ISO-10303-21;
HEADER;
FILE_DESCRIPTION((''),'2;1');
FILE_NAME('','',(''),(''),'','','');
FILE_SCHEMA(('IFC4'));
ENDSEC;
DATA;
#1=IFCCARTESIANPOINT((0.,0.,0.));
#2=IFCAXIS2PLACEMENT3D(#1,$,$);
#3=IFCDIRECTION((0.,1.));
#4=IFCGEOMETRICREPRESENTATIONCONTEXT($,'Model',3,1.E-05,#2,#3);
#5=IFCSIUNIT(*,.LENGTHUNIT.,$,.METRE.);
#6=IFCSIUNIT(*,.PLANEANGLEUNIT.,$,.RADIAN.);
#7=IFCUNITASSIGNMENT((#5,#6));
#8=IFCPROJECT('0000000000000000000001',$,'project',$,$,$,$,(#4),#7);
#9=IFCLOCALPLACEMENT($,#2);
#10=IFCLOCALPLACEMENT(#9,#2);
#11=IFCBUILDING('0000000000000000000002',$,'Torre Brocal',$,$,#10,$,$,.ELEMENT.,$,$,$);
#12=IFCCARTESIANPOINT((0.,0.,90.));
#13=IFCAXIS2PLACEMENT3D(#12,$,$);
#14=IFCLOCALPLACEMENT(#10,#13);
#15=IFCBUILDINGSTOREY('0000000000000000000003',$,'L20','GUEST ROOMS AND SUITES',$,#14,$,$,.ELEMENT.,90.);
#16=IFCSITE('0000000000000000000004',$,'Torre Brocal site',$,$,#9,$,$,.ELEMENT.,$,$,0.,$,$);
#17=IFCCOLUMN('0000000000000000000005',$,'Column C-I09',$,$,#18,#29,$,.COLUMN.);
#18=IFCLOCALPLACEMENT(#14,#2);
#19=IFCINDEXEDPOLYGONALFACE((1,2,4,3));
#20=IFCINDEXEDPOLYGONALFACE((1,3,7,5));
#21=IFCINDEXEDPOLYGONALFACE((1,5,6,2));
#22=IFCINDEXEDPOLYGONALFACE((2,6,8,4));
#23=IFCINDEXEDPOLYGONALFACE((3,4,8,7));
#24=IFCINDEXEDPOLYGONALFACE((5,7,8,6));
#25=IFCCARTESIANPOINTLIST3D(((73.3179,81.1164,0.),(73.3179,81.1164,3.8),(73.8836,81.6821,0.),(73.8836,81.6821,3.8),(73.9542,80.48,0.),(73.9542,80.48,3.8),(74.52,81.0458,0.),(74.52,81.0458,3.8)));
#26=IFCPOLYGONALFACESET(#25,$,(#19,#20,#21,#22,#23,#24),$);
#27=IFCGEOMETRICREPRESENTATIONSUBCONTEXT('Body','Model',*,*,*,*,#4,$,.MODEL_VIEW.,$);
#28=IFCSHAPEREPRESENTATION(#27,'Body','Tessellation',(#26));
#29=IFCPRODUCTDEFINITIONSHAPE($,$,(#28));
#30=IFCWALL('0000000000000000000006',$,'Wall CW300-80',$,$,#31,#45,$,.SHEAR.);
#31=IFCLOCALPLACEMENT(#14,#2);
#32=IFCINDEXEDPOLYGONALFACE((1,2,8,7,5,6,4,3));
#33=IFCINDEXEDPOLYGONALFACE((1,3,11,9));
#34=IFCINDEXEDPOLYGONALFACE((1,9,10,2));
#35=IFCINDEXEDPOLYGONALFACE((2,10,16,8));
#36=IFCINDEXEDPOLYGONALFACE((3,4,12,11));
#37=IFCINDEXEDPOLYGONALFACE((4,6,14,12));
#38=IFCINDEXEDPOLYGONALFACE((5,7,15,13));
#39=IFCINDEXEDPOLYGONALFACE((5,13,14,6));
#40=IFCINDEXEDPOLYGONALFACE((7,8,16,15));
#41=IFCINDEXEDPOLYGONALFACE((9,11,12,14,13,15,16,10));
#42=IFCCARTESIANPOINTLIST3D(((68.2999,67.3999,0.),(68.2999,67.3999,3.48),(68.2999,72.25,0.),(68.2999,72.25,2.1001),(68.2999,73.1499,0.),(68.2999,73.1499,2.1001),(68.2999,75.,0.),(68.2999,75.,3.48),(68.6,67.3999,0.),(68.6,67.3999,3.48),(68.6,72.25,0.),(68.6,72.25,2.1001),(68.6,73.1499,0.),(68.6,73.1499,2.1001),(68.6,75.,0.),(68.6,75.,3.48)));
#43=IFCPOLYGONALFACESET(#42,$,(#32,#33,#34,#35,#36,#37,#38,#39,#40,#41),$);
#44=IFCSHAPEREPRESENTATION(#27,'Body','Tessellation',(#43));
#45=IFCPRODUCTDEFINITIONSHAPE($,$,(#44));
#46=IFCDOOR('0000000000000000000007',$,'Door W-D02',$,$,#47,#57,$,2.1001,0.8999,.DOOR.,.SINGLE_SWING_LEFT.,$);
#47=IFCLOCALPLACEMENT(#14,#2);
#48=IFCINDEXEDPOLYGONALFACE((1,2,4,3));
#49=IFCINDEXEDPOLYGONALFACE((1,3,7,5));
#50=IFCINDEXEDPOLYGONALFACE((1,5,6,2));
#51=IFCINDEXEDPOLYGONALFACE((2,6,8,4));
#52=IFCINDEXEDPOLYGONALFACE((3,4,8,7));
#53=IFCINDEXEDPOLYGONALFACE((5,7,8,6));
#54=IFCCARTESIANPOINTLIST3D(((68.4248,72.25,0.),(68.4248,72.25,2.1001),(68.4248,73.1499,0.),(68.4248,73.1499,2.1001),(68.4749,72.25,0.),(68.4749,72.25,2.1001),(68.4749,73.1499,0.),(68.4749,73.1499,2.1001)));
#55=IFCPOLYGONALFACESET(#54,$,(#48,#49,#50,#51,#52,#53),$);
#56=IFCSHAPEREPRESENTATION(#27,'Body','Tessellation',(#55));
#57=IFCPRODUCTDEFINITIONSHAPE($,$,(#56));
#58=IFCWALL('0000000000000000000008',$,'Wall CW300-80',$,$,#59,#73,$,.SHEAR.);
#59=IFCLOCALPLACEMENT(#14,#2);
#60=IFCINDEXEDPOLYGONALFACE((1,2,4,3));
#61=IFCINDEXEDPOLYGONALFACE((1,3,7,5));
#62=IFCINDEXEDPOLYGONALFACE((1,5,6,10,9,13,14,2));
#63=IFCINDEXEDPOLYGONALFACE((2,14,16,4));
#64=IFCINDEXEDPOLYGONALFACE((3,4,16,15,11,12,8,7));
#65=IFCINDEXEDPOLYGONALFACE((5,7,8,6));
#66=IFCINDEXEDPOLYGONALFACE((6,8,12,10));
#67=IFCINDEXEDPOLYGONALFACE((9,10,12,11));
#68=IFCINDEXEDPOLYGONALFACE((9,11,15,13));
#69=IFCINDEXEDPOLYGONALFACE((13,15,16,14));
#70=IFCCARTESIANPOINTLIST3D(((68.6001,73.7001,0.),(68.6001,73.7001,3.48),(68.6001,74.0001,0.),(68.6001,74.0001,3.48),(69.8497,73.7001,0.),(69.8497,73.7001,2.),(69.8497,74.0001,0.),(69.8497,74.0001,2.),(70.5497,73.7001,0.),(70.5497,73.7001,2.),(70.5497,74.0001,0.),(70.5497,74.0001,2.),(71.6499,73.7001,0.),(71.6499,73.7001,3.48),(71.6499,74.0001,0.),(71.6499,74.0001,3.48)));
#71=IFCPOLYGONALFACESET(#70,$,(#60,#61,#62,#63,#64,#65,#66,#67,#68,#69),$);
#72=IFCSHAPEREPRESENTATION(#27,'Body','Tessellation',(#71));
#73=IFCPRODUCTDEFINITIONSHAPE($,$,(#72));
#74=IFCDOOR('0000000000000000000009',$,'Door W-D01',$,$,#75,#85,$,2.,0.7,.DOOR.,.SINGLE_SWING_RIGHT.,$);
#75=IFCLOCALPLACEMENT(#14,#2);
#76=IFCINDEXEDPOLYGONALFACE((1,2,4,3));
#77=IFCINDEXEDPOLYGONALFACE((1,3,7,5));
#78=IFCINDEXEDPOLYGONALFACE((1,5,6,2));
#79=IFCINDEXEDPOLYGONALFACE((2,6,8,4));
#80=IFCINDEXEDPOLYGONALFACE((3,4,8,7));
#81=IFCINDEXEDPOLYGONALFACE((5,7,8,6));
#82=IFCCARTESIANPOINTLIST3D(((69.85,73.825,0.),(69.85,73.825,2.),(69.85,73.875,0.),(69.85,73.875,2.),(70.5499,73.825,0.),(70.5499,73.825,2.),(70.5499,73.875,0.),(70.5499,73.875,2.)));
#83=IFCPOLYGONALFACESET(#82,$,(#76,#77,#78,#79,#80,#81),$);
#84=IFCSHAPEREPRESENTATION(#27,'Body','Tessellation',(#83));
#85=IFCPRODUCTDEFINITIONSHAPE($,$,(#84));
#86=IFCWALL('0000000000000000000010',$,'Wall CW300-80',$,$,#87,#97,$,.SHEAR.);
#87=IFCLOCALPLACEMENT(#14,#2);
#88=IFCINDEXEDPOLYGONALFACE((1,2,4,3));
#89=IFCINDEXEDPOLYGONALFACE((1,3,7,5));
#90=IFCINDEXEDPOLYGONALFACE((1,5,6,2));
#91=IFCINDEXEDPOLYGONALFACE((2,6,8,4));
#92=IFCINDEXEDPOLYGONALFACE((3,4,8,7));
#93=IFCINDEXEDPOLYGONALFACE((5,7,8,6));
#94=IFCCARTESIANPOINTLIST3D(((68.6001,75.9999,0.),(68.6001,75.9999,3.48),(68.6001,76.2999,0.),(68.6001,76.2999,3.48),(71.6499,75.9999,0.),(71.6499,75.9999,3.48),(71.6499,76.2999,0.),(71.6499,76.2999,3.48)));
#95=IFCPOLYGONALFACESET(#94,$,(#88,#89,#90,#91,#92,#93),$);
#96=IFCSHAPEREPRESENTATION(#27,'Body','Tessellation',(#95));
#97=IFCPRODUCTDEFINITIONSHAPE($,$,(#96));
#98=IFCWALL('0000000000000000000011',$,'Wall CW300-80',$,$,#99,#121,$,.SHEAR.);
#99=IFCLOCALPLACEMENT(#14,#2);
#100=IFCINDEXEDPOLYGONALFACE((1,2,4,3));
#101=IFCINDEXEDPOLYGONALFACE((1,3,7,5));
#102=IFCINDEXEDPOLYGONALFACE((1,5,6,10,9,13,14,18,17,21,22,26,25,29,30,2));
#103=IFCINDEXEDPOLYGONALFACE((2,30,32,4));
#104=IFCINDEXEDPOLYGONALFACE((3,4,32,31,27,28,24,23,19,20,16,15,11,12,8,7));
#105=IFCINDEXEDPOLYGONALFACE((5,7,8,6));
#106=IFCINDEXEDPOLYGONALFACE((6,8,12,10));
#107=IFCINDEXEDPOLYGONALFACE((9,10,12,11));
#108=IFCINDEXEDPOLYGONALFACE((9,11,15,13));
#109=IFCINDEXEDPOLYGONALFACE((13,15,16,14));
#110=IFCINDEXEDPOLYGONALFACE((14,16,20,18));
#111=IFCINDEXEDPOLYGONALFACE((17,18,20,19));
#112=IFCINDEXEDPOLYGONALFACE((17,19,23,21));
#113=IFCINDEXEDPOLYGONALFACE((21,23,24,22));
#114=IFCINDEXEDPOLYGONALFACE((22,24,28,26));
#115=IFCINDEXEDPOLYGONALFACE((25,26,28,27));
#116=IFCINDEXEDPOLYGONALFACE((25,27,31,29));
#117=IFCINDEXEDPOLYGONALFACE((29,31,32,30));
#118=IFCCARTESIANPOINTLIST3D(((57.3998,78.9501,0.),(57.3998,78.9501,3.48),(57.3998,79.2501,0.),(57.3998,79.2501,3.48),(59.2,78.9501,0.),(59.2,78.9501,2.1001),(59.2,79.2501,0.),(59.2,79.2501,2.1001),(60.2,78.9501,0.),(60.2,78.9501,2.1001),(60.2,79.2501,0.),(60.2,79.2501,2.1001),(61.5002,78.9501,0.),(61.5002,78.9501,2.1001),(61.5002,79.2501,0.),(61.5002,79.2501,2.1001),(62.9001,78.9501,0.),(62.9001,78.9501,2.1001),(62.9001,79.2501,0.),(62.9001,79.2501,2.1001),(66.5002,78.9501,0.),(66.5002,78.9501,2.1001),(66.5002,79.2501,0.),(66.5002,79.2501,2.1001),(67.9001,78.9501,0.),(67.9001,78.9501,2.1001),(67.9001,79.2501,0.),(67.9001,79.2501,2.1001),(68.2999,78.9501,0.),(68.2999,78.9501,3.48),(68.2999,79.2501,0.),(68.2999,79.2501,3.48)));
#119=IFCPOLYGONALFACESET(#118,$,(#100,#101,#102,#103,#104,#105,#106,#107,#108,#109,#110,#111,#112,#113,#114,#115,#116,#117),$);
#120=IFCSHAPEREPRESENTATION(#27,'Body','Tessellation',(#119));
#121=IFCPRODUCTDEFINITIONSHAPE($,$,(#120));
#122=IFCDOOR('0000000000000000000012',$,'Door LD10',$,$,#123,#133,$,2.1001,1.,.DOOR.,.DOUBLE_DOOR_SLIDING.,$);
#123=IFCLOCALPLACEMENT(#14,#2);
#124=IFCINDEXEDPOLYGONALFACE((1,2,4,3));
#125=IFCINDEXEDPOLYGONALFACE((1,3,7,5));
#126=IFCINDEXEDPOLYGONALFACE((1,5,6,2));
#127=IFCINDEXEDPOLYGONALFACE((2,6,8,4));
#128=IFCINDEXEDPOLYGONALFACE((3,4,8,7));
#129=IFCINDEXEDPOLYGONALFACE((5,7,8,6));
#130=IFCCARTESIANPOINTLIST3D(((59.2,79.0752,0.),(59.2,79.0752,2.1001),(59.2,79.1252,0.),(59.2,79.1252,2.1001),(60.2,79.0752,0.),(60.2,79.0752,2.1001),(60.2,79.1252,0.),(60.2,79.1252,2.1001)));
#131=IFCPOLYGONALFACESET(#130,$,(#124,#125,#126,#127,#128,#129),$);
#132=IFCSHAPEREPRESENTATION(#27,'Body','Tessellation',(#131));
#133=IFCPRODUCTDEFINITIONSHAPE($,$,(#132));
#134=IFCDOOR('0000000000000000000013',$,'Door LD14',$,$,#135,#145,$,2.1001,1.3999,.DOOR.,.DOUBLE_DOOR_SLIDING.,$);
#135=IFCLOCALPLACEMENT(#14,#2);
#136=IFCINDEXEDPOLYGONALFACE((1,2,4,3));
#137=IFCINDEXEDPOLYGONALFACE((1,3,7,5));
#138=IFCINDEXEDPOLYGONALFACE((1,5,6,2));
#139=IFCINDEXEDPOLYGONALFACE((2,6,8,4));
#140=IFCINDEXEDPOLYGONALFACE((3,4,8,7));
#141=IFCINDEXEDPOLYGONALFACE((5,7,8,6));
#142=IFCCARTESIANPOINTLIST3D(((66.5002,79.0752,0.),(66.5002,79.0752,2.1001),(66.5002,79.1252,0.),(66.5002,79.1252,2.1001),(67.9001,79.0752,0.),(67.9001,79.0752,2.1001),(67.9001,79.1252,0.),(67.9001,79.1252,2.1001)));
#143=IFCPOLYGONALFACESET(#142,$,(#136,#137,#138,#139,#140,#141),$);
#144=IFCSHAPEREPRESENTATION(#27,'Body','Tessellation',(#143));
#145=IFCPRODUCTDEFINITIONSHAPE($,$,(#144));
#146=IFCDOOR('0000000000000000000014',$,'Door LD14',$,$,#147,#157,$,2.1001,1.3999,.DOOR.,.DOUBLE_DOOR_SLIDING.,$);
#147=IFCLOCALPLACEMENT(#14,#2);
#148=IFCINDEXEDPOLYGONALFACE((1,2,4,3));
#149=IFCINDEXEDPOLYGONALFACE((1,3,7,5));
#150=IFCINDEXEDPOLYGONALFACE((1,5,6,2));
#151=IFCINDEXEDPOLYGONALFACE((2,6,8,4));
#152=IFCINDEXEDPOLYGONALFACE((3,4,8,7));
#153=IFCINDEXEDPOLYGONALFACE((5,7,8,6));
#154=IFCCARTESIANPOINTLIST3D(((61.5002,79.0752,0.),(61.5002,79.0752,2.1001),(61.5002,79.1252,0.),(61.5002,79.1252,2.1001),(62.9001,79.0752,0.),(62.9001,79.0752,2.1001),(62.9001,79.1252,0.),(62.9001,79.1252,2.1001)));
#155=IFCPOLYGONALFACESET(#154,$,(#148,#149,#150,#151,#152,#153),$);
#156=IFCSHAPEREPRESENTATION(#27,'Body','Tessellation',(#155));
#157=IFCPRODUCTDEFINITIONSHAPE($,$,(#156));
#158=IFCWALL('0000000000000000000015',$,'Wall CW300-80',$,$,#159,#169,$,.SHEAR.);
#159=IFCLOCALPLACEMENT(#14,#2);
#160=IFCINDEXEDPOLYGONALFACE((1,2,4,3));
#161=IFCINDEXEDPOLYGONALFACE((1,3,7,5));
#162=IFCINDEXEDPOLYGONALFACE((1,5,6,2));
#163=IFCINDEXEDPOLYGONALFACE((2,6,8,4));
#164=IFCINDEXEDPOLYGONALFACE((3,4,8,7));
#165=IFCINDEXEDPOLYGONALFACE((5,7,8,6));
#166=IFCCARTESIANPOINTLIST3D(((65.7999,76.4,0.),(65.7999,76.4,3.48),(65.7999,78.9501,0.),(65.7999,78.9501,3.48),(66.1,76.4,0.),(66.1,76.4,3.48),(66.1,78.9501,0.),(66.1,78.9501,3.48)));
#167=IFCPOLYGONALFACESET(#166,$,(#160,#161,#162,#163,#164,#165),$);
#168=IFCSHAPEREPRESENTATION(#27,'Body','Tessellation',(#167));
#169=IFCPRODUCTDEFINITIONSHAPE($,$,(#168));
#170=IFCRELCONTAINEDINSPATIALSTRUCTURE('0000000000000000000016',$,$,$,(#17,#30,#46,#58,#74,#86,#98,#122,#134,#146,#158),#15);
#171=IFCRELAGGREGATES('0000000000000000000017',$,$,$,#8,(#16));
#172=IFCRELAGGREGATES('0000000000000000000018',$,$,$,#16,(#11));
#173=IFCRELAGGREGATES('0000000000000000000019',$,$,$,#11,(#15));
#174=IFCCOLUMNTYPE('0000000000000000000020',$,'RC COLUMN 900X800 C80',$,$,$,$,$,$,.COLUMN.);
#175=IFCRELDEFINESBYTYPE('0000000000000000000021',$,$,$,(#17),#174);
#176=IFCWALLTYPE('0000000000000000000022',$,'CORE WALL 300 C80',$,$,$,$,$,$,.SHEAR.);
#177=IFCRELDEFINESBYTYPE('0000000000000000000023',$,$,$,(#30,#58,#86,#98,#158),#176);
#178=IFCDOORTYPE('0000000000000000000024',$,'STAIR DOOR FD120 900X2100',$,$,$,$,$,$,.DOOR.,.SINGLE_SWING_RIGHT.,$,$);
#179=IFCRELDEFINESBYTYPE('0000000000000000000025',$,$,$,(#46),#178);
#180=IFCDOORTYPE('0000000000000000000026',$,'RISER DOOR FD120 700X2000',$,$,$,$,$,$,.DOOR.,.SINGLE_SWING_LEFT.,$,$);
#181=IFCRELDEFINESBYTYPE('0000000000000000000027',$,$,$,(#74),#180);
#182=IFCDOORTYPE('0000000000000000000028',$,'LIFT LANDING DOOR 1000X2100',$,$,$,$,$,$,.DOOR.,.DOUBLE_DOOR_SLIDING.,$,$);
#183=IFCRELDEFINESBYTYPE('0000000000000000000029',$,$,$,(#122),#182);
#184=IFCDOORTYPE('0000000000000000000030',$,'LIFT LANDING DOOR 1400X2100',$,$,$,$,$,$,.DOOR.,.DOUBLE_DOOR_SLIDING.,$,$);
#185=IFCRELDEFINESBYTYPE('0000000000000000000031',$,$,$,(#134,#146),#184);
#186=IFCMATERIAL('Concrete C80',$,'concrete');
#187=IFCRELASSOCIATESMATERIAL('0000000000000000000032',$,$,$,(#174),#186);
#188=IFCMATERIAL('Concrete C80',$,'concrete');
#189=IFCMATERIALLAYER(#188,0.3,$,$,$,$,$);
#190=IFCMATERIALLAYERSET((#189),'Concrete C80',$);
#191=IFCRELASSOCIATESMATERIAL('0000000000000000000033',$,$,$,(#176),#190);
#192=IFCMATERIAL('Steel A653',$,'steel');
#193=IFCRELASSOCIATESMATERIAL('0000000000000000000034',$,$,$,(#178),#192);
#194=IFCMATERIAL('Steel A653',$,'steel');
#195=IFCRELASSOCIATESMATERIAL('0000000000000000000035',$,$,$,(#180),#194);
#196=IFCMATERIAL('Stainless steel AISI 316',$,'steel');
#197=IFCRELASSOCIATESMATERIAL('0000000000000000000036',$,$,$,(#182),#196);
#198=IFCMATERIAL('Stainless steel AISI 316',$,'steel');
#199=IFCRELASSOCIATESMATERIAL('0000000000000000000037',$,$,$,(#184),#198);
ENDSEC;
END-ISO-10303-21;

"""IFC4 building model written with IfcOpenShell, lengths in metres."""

from ifc_helpers import new_model, si_unit, direction, frame, frame_2d, origin, origin_2d, place, context, subcontext, project, spatial, rectangle, extrude, material, layer, layer_set, material_profile, profile_set, type_object, element, fill, save


model = new_model("IFC4")

# Units and contexts
model_context = context("Model", 3, precision=1e-05, world=origin(), true_north=direction((0.0, 1.0)))
body_context = subcontext(model_context, "Body", "Model", "MODEL_VIEW")
ifc_project = project(units=[si_unit("LENGTHUNIT", "METRE"), si_unit("PLANEANGLEUNIT", "RADIAN")], contexts=[model_context])

# Site, building, storey
site_placement = place(None, origin())
site = spatial("IfcSite", under=ifc_project, at=site_placement, Name="Torre Brocal site", CompositionType="ELEMENT", RefElevation=0.0)
building_placement = place(site_placement, origin())
building = spatial("IfcBuilding", under=site, at=building_placement, Name="Torre Brocal", CompositionType="ELEMENT")
storey_placement = place(building_placement, frame((0.0, 0.0, 90.0)))
storey = spatial("IfcBuildingStorey", under=building, at=storey_placement, Name="L20", Description="GUEST ROOMS AND SUITES", CompositionType="ELEMENT", Elevation=90.0)

# Column
ifc_material_1 = material(Name="Concrete C80", Category="concrete")
ifc_material_profile = material_profile(ifc_material_1, rectangle(XDim=0.8999, YDim=0.8, at=origin_2d()), Name="RC 900X800")
ifc_profile_set = profile_set([ifc_material_profile], Name="Concrete C80")
column_type = type_object("IfcColumnType", Name="RC COLUMN 900X800 C80", PredefinedType="COLUMN", material=ifc_profile_set)
column_placement = place(storey_placement, frame((73.9189, 81.0811, 0.0), z_axis=(0.0, 0.0, 1.0), x_axis=(-0.707107, 0.707107, 0.0)))
element("IfcColumn", 1, at=column_placement, inside=storey, type_object=column_type, Name="Column C-I09", PredefinedType="COLUMN", context=body_context, shape_type="SweptSolid", body=[
    extrude(rectangle(XDim=0.8999, YDim=0.8, at=origin_2d()), origin(), (0.0, 0.0, 1.0), 3.8),
])

# Walls, openings, doors
ifc_material_2 = material(Name="Concrete C80", Category="concrete")
ifc_layer_1 = layer(ifc_material_2, 0.3)
ifc_layer_set_1 = layer_set([ifc_layer_1], Name="Concrete C80")
wall_type_1 = type_object("IfcWallType", Name="CORE WALL 300 C80", PredefinedType="SHEAR", material=ifc_layer_set_1)
wall_1_placement = place(storey_placement, frame((68.45, 75.0, 0.0), z_axis=(0.0, 0.0, 1.0), x_axis=(0.0, -1.0, 0.0)))
wall_1 = element("IfcWall", 2, at=wall_1_placement, inside=storey, type_object=wall_type_1, Name="Wall CW300-80", PredefinedType="SHEAR", context=body_context, shape_type="SweptSolid", body=[
    extrude(rectangle(XDim=7.6001, YDim=0.3, at=frame_2d((3.8, 0.0))), origin(), (0.0, 0.0, 1.0), 3.48),
])
opening_1_placement = place(wall_1_placement, frame((1.8501, 0.0, 0.0)))
opening_1 = element("IfcOpeningElement", 3, at=opening_1_placement, cuts=wall_1, PredefinedType="OPENING", context=body_context, shape_type="SweptSolid", body=[
    extrude(rectangle(XDim=0.8999, YDim=2.1001, at=frame_2d((0.45, 1.05))), frame((0.0, 0.1599, 0.0), z_axis=(0.0, -1.0, 0.0), x_axis=(1.0, 0.0, 0.0)), (0.0, 0.0, 1.0), 0.3201),
])
ifc_material_3 = material(Name="Steel A653", Category="steel")
door_type_1 = type_object("IfcDoorType", Name="STAIR DOOR FD120 900X2100", OperationType="SINGLE_SWING_RIGHT", PredefinedType="DOOR", material=ifc_material_3)
door_1_placement = place(opening_1_placement, origin())
door_1 = element("IfcDoor", 4, at=door_1_placement, inside=storey, type_object=door_type_1, Name="Door W-D02", OperationType="SINGLE_SWING_LEFT", OverallHeight=2.1001, OverallWidth=0.8999, PredefinedType="DOOR", context=body_context, shape_type="SweptSolid", body=[
    extrude(rectangle(XDim=0.8999, YDim=2.1001, at=frame_2d((0.45, 1.05))), frame((0.0, 0.0249, 0.0), z_axis=(0.0, -1.0, 0.0), x_axis=(1.0, 0.0, 0.0)), (0.0, 0.0, 1.0), 0.05),
])
fill(opening_1, door_1)
wall_2_placement = place(storey_placement, frame((71.6499, 73.8501, 0.0), z_axis=(0.0, 0.0, 1.0), x_axis=(-1.0, 0.0, 0.0)))
wall_2 = element("IfcWall", 5, at=wall_2_placement, inside=storey, type_object=wall_type_1, Name="Wall CW300-80", PredefinedType="SHEAR", context=body_context, shape_type="SweptSolid", body=[
    extrude(rectangle(XDim=3.0498, YDim=0.3, at=frame_2d((1.5249, 0.0))), origin(), (0.0, 0.0, 1.0), 3.48),
])
opening_2_placement = place(wall_2_placement, frame((1.1001, 0.0, 0.0)))
opening_2 = element("IfcOpeningElement", 6, at=opening_2_placement, cuts=wall_2, PredefinedType="OPENING", context=body_context, shape_type="SweptSolid", body=[
    extrude(rectangle(XDim=0.7, YDim=2.0, at=frame_2d((0.3501, 1.0))), frame((0.0, 0.1599, 0.0), z_axis=(0.0, -1.0, 0.0), x_axis=(1.0, 0.0, 0.0)), (0.0, 0.0, 1.0), 0.3201),
])
ifc_material_4 = material(Name="Steel A653", Category="steel")
door_type_2 = type_object("IfcDoorType", Name="RISER DOOR FD120 700X2000", OperationType="SINGLE_SWING_LEFT", PredefinedType="DOOR", material=ifc_material_4)
door_2_placement = place(opening_2_placement, frame((0.7, 0.0, 0.0), z_axis=(0.0, 0.0, 1.0), x_axis=(-1.0, 0.0, 0.0)))
door_2 = element("IfcDoor", 7, at=door_2_placement, inside=storey, type_object=door_type_2, Name="Door W-D01", OperationType="SINGLE_SWING_RIGHT", OverallHeight=2.0, OverallWidth=0.7, PredefinedType="DOOR", context=body_context, shape_type="SweptSolid", body=[
    extrude(rectangle(XDim=0.7, YDim=2.0, at=frame_2d((0.3501, 1.0))), frame((0.0, 0.0249, 0.0), z_axis=(0.0, -1.0, 0.0), x_axis=(1.0, 0.0, 0.0)), (0.0, 0.0, 1.0), 0.05),
])
fill(opening_2, door_2)

# Wall
wall_3_placement = place(storey_placement, frame((71.6499, 76.1499, 0.0), z_axis=(0.0, 0.0, 1.0), x_axis=(-1.0, 0.0, 0.0)))
element("IfcWall", 8, at=wall_3_placement, inside=storey, type_object=wall_type_1, Name="Wall CW300-80", PredefinedType="SHEAR", context=body_context, shape_type="SweptSolid", body=[
    extrude(rectangle(XDim=3.0498, YDim=0.3, at=frame_2d((1.5249, 0.0))), origin(), (0.0, 0.0, 1.0), 3.48),
])

# Wall, openings, doors
wall_4_placement = place(storey_placement, frame((68.3, 79.1001, 0.0), z_axis=(0.0, 0.0, 1.0), x_axis=(-1.0, 0.0, 0.0)))
wall_4 = element("IfcWall", 9, at=wall_4_placement, inside=storey, type_object=wall_type_1, Name="Wall CW300-80", PredefinedType="SHEAR", context=body_context, shape_type="SweptSolid", body=[
    extrude(rectangle(XDim=10.9001, YDim=0.3, at=frame_2d((5.4502, 0.0))), origin(), (0.0, 0.0, 1.0), 3.48),
])
opening_3_placement = place(wall_4_placement, frame((0.3999, 0.0, 0.0)))
opening_3 = element("IfcOpeningElement", 10, at=opening_3_placement, cuts=wall_4, PredefinedType="OPENING", context=body_context, shape_type="SweptSolid", body=[
    extrude(rectangle(XDim=1.3999, YDim=2.1001, at=frame_2d((0.7, 1.05))), frame((0.0, 0.1599, 0.0), z_axis=(0.0, -1.0, 0.0), x_axis=(1.0, 0.0, 0.0)), (0.0, 0.0, 1.0), 0.3201),
])
opening_4_placement = place(wall_4_placement, frame((5.3999, 0.0, 0.0)))
opening_4 = element("IfcOpeningElement", 11, at=opening_4_placement, cuts=wall_4, PredefinedType="OPENING", context=body_context, shape_type="SweptSolid", body=[
    extrude(rectangle(XDim=1.3999, YDim=2.1001, at=frame_2d((0.7, 1.05))), frame((0.0, 0.1599, 0.0), z_axis=(0.0, -1.0, 0.0), x_axis=(1.0, 0.0, 0.0)), (0.0, 0.0, 1.0), 0.3201),
])
opening_5_placement = place(wall_4_placement, frame((8.1001, 0.0, 0.0)))
opening_5 = element("IfcOpeningElement", 12, at=opening_5_placement, cuts=wall_4, PredefinedType="OPENING", context=body_context, shape_type="SweptSolid", body=[
    extrude(rectangle(XDim=1.0, YDim=2.1001, at=frame_2d((0.5, 1.05))), frame((0.0, 0.1599, 0.0), z_axis=(0.0, -1.0, 0.0), x_axis=(1.0, 0.0, 0.0)), (0.0, 0.0, 1.0), 0.3201),
])
ifc_material_5 = material(Name="Stainless steel AISI 316", Category="steel")
door_type_3 = type_object("IfcDoorType", Name="LIFT LANDING DOOR 1000X2100", OperationType="DOUBLE_DOOR_SLIDING", PredefinedType="DOOR", material=ifc_material_5)
door_3_placement = place(opening_5_placement, origin())
door_3 = element("IfcDoor", 13, at=door_3_placement, inside=storey, type_object=door_type_3, Name="Door LD10", OperationType="DOUBLE_DOOR_SLIDING", OverallHeight=2.1001, OverallWidth=1.0, PredefinedType="DOOR", context=body_context, shape_type="SweptSolid", body=[
    extrude(rectangle(XDim=1.0, YDim=2.1001, at=frame_2d((0.5, 1.05))), frame((0.0, 0.0249, 0.0), z_axis=(0.0, -1.0, 0.0), x_axis=(1.0, 0.0, 0.0)), (0.0, 0.0, 1.0), 0.05),
])
fill(opening_5, door_3)
ifc_material_6 = material(Name="Stainless steel AISI 316", Category="steel")
door_type_4 = type_object("IfcDoorType", Name="LIFT LANDING DOOR 1400X2100", OperationType="DOUBLE_DOOR_SLIDING", PredefinedType="DOOR", material=ifc_material_6)
door_4_placement = place(opening_3_placement, origin())
door_4 = element("IfcDoor", 14, at=door_4_placement, inside=storey, type_object=door_type_4, Name="Door LD14", OperationType="DOUBLE_DOOR_SLIDING", OverallHeight=2.1001, OverallWidth=1.3999, PredefinedType="DOOR", context=body_context, shape_type="SweptSolid", body=[
    extrude(rectangle(XDim=1.3999, YDim=2.1001, at=frame_2d((0.7, 1.05))), frame((0.0, 0.0249, 0.0), z_axis=(0.0, -1.0, 0.0), x_axis=(1.0, 0.0, 0.0)), (0.0, 0.0, 1.0), 0.05),
])
fill(opening_3, door_4)
door_5_placement = place(opening_4_placement, origin())
door_5 = element("IfcDoor", 15, at=door_5_placement, inside=storey, type_object=door_type_4, Name="Door LD14", OperationType="DOUBLE_DOOR_SLIDING", OverallHeight=2.1001, OverallWidth=1.3999, PredefinedType="DOOR", context=body_context, shape_type="SweptSolid", body=[
    extrude(rectangle(XDim=1.3999, YDim=2.1001, at=frame_2d((0.7, 1.05))), frame((0.0, 0.0249, 0.0), z_axis=(0.0, -1.0, 0.0), x_axis=(1.0, 0.0, 0.0)), (0.0, 0.0, 1.0), 0.05),
])
fill(opening_4, door_5)

# Wall
wall_5_placement = place(storey_placement, frame((65.95, 78.95, 0.0), z_axis=(0.0, 0.0, 1.0), x_axis=(0.0, -1.0, 0.0)))
element("IfcWall", 16, at=wall_5_placement, inside=storey, type_object=wall_type_1, Name="Wall CW300-80", PredefinedType="SHEAR", context=body_context, shape_type="SweptSolid", body=[
    extrude(rectangle(XDim=2.55, YDim=0.3, at=frame_2d((1.2749, 0.0))), origin(), (0.0, 0.0, 1.0), 3.48),
])

save(model, "model.ifc")
